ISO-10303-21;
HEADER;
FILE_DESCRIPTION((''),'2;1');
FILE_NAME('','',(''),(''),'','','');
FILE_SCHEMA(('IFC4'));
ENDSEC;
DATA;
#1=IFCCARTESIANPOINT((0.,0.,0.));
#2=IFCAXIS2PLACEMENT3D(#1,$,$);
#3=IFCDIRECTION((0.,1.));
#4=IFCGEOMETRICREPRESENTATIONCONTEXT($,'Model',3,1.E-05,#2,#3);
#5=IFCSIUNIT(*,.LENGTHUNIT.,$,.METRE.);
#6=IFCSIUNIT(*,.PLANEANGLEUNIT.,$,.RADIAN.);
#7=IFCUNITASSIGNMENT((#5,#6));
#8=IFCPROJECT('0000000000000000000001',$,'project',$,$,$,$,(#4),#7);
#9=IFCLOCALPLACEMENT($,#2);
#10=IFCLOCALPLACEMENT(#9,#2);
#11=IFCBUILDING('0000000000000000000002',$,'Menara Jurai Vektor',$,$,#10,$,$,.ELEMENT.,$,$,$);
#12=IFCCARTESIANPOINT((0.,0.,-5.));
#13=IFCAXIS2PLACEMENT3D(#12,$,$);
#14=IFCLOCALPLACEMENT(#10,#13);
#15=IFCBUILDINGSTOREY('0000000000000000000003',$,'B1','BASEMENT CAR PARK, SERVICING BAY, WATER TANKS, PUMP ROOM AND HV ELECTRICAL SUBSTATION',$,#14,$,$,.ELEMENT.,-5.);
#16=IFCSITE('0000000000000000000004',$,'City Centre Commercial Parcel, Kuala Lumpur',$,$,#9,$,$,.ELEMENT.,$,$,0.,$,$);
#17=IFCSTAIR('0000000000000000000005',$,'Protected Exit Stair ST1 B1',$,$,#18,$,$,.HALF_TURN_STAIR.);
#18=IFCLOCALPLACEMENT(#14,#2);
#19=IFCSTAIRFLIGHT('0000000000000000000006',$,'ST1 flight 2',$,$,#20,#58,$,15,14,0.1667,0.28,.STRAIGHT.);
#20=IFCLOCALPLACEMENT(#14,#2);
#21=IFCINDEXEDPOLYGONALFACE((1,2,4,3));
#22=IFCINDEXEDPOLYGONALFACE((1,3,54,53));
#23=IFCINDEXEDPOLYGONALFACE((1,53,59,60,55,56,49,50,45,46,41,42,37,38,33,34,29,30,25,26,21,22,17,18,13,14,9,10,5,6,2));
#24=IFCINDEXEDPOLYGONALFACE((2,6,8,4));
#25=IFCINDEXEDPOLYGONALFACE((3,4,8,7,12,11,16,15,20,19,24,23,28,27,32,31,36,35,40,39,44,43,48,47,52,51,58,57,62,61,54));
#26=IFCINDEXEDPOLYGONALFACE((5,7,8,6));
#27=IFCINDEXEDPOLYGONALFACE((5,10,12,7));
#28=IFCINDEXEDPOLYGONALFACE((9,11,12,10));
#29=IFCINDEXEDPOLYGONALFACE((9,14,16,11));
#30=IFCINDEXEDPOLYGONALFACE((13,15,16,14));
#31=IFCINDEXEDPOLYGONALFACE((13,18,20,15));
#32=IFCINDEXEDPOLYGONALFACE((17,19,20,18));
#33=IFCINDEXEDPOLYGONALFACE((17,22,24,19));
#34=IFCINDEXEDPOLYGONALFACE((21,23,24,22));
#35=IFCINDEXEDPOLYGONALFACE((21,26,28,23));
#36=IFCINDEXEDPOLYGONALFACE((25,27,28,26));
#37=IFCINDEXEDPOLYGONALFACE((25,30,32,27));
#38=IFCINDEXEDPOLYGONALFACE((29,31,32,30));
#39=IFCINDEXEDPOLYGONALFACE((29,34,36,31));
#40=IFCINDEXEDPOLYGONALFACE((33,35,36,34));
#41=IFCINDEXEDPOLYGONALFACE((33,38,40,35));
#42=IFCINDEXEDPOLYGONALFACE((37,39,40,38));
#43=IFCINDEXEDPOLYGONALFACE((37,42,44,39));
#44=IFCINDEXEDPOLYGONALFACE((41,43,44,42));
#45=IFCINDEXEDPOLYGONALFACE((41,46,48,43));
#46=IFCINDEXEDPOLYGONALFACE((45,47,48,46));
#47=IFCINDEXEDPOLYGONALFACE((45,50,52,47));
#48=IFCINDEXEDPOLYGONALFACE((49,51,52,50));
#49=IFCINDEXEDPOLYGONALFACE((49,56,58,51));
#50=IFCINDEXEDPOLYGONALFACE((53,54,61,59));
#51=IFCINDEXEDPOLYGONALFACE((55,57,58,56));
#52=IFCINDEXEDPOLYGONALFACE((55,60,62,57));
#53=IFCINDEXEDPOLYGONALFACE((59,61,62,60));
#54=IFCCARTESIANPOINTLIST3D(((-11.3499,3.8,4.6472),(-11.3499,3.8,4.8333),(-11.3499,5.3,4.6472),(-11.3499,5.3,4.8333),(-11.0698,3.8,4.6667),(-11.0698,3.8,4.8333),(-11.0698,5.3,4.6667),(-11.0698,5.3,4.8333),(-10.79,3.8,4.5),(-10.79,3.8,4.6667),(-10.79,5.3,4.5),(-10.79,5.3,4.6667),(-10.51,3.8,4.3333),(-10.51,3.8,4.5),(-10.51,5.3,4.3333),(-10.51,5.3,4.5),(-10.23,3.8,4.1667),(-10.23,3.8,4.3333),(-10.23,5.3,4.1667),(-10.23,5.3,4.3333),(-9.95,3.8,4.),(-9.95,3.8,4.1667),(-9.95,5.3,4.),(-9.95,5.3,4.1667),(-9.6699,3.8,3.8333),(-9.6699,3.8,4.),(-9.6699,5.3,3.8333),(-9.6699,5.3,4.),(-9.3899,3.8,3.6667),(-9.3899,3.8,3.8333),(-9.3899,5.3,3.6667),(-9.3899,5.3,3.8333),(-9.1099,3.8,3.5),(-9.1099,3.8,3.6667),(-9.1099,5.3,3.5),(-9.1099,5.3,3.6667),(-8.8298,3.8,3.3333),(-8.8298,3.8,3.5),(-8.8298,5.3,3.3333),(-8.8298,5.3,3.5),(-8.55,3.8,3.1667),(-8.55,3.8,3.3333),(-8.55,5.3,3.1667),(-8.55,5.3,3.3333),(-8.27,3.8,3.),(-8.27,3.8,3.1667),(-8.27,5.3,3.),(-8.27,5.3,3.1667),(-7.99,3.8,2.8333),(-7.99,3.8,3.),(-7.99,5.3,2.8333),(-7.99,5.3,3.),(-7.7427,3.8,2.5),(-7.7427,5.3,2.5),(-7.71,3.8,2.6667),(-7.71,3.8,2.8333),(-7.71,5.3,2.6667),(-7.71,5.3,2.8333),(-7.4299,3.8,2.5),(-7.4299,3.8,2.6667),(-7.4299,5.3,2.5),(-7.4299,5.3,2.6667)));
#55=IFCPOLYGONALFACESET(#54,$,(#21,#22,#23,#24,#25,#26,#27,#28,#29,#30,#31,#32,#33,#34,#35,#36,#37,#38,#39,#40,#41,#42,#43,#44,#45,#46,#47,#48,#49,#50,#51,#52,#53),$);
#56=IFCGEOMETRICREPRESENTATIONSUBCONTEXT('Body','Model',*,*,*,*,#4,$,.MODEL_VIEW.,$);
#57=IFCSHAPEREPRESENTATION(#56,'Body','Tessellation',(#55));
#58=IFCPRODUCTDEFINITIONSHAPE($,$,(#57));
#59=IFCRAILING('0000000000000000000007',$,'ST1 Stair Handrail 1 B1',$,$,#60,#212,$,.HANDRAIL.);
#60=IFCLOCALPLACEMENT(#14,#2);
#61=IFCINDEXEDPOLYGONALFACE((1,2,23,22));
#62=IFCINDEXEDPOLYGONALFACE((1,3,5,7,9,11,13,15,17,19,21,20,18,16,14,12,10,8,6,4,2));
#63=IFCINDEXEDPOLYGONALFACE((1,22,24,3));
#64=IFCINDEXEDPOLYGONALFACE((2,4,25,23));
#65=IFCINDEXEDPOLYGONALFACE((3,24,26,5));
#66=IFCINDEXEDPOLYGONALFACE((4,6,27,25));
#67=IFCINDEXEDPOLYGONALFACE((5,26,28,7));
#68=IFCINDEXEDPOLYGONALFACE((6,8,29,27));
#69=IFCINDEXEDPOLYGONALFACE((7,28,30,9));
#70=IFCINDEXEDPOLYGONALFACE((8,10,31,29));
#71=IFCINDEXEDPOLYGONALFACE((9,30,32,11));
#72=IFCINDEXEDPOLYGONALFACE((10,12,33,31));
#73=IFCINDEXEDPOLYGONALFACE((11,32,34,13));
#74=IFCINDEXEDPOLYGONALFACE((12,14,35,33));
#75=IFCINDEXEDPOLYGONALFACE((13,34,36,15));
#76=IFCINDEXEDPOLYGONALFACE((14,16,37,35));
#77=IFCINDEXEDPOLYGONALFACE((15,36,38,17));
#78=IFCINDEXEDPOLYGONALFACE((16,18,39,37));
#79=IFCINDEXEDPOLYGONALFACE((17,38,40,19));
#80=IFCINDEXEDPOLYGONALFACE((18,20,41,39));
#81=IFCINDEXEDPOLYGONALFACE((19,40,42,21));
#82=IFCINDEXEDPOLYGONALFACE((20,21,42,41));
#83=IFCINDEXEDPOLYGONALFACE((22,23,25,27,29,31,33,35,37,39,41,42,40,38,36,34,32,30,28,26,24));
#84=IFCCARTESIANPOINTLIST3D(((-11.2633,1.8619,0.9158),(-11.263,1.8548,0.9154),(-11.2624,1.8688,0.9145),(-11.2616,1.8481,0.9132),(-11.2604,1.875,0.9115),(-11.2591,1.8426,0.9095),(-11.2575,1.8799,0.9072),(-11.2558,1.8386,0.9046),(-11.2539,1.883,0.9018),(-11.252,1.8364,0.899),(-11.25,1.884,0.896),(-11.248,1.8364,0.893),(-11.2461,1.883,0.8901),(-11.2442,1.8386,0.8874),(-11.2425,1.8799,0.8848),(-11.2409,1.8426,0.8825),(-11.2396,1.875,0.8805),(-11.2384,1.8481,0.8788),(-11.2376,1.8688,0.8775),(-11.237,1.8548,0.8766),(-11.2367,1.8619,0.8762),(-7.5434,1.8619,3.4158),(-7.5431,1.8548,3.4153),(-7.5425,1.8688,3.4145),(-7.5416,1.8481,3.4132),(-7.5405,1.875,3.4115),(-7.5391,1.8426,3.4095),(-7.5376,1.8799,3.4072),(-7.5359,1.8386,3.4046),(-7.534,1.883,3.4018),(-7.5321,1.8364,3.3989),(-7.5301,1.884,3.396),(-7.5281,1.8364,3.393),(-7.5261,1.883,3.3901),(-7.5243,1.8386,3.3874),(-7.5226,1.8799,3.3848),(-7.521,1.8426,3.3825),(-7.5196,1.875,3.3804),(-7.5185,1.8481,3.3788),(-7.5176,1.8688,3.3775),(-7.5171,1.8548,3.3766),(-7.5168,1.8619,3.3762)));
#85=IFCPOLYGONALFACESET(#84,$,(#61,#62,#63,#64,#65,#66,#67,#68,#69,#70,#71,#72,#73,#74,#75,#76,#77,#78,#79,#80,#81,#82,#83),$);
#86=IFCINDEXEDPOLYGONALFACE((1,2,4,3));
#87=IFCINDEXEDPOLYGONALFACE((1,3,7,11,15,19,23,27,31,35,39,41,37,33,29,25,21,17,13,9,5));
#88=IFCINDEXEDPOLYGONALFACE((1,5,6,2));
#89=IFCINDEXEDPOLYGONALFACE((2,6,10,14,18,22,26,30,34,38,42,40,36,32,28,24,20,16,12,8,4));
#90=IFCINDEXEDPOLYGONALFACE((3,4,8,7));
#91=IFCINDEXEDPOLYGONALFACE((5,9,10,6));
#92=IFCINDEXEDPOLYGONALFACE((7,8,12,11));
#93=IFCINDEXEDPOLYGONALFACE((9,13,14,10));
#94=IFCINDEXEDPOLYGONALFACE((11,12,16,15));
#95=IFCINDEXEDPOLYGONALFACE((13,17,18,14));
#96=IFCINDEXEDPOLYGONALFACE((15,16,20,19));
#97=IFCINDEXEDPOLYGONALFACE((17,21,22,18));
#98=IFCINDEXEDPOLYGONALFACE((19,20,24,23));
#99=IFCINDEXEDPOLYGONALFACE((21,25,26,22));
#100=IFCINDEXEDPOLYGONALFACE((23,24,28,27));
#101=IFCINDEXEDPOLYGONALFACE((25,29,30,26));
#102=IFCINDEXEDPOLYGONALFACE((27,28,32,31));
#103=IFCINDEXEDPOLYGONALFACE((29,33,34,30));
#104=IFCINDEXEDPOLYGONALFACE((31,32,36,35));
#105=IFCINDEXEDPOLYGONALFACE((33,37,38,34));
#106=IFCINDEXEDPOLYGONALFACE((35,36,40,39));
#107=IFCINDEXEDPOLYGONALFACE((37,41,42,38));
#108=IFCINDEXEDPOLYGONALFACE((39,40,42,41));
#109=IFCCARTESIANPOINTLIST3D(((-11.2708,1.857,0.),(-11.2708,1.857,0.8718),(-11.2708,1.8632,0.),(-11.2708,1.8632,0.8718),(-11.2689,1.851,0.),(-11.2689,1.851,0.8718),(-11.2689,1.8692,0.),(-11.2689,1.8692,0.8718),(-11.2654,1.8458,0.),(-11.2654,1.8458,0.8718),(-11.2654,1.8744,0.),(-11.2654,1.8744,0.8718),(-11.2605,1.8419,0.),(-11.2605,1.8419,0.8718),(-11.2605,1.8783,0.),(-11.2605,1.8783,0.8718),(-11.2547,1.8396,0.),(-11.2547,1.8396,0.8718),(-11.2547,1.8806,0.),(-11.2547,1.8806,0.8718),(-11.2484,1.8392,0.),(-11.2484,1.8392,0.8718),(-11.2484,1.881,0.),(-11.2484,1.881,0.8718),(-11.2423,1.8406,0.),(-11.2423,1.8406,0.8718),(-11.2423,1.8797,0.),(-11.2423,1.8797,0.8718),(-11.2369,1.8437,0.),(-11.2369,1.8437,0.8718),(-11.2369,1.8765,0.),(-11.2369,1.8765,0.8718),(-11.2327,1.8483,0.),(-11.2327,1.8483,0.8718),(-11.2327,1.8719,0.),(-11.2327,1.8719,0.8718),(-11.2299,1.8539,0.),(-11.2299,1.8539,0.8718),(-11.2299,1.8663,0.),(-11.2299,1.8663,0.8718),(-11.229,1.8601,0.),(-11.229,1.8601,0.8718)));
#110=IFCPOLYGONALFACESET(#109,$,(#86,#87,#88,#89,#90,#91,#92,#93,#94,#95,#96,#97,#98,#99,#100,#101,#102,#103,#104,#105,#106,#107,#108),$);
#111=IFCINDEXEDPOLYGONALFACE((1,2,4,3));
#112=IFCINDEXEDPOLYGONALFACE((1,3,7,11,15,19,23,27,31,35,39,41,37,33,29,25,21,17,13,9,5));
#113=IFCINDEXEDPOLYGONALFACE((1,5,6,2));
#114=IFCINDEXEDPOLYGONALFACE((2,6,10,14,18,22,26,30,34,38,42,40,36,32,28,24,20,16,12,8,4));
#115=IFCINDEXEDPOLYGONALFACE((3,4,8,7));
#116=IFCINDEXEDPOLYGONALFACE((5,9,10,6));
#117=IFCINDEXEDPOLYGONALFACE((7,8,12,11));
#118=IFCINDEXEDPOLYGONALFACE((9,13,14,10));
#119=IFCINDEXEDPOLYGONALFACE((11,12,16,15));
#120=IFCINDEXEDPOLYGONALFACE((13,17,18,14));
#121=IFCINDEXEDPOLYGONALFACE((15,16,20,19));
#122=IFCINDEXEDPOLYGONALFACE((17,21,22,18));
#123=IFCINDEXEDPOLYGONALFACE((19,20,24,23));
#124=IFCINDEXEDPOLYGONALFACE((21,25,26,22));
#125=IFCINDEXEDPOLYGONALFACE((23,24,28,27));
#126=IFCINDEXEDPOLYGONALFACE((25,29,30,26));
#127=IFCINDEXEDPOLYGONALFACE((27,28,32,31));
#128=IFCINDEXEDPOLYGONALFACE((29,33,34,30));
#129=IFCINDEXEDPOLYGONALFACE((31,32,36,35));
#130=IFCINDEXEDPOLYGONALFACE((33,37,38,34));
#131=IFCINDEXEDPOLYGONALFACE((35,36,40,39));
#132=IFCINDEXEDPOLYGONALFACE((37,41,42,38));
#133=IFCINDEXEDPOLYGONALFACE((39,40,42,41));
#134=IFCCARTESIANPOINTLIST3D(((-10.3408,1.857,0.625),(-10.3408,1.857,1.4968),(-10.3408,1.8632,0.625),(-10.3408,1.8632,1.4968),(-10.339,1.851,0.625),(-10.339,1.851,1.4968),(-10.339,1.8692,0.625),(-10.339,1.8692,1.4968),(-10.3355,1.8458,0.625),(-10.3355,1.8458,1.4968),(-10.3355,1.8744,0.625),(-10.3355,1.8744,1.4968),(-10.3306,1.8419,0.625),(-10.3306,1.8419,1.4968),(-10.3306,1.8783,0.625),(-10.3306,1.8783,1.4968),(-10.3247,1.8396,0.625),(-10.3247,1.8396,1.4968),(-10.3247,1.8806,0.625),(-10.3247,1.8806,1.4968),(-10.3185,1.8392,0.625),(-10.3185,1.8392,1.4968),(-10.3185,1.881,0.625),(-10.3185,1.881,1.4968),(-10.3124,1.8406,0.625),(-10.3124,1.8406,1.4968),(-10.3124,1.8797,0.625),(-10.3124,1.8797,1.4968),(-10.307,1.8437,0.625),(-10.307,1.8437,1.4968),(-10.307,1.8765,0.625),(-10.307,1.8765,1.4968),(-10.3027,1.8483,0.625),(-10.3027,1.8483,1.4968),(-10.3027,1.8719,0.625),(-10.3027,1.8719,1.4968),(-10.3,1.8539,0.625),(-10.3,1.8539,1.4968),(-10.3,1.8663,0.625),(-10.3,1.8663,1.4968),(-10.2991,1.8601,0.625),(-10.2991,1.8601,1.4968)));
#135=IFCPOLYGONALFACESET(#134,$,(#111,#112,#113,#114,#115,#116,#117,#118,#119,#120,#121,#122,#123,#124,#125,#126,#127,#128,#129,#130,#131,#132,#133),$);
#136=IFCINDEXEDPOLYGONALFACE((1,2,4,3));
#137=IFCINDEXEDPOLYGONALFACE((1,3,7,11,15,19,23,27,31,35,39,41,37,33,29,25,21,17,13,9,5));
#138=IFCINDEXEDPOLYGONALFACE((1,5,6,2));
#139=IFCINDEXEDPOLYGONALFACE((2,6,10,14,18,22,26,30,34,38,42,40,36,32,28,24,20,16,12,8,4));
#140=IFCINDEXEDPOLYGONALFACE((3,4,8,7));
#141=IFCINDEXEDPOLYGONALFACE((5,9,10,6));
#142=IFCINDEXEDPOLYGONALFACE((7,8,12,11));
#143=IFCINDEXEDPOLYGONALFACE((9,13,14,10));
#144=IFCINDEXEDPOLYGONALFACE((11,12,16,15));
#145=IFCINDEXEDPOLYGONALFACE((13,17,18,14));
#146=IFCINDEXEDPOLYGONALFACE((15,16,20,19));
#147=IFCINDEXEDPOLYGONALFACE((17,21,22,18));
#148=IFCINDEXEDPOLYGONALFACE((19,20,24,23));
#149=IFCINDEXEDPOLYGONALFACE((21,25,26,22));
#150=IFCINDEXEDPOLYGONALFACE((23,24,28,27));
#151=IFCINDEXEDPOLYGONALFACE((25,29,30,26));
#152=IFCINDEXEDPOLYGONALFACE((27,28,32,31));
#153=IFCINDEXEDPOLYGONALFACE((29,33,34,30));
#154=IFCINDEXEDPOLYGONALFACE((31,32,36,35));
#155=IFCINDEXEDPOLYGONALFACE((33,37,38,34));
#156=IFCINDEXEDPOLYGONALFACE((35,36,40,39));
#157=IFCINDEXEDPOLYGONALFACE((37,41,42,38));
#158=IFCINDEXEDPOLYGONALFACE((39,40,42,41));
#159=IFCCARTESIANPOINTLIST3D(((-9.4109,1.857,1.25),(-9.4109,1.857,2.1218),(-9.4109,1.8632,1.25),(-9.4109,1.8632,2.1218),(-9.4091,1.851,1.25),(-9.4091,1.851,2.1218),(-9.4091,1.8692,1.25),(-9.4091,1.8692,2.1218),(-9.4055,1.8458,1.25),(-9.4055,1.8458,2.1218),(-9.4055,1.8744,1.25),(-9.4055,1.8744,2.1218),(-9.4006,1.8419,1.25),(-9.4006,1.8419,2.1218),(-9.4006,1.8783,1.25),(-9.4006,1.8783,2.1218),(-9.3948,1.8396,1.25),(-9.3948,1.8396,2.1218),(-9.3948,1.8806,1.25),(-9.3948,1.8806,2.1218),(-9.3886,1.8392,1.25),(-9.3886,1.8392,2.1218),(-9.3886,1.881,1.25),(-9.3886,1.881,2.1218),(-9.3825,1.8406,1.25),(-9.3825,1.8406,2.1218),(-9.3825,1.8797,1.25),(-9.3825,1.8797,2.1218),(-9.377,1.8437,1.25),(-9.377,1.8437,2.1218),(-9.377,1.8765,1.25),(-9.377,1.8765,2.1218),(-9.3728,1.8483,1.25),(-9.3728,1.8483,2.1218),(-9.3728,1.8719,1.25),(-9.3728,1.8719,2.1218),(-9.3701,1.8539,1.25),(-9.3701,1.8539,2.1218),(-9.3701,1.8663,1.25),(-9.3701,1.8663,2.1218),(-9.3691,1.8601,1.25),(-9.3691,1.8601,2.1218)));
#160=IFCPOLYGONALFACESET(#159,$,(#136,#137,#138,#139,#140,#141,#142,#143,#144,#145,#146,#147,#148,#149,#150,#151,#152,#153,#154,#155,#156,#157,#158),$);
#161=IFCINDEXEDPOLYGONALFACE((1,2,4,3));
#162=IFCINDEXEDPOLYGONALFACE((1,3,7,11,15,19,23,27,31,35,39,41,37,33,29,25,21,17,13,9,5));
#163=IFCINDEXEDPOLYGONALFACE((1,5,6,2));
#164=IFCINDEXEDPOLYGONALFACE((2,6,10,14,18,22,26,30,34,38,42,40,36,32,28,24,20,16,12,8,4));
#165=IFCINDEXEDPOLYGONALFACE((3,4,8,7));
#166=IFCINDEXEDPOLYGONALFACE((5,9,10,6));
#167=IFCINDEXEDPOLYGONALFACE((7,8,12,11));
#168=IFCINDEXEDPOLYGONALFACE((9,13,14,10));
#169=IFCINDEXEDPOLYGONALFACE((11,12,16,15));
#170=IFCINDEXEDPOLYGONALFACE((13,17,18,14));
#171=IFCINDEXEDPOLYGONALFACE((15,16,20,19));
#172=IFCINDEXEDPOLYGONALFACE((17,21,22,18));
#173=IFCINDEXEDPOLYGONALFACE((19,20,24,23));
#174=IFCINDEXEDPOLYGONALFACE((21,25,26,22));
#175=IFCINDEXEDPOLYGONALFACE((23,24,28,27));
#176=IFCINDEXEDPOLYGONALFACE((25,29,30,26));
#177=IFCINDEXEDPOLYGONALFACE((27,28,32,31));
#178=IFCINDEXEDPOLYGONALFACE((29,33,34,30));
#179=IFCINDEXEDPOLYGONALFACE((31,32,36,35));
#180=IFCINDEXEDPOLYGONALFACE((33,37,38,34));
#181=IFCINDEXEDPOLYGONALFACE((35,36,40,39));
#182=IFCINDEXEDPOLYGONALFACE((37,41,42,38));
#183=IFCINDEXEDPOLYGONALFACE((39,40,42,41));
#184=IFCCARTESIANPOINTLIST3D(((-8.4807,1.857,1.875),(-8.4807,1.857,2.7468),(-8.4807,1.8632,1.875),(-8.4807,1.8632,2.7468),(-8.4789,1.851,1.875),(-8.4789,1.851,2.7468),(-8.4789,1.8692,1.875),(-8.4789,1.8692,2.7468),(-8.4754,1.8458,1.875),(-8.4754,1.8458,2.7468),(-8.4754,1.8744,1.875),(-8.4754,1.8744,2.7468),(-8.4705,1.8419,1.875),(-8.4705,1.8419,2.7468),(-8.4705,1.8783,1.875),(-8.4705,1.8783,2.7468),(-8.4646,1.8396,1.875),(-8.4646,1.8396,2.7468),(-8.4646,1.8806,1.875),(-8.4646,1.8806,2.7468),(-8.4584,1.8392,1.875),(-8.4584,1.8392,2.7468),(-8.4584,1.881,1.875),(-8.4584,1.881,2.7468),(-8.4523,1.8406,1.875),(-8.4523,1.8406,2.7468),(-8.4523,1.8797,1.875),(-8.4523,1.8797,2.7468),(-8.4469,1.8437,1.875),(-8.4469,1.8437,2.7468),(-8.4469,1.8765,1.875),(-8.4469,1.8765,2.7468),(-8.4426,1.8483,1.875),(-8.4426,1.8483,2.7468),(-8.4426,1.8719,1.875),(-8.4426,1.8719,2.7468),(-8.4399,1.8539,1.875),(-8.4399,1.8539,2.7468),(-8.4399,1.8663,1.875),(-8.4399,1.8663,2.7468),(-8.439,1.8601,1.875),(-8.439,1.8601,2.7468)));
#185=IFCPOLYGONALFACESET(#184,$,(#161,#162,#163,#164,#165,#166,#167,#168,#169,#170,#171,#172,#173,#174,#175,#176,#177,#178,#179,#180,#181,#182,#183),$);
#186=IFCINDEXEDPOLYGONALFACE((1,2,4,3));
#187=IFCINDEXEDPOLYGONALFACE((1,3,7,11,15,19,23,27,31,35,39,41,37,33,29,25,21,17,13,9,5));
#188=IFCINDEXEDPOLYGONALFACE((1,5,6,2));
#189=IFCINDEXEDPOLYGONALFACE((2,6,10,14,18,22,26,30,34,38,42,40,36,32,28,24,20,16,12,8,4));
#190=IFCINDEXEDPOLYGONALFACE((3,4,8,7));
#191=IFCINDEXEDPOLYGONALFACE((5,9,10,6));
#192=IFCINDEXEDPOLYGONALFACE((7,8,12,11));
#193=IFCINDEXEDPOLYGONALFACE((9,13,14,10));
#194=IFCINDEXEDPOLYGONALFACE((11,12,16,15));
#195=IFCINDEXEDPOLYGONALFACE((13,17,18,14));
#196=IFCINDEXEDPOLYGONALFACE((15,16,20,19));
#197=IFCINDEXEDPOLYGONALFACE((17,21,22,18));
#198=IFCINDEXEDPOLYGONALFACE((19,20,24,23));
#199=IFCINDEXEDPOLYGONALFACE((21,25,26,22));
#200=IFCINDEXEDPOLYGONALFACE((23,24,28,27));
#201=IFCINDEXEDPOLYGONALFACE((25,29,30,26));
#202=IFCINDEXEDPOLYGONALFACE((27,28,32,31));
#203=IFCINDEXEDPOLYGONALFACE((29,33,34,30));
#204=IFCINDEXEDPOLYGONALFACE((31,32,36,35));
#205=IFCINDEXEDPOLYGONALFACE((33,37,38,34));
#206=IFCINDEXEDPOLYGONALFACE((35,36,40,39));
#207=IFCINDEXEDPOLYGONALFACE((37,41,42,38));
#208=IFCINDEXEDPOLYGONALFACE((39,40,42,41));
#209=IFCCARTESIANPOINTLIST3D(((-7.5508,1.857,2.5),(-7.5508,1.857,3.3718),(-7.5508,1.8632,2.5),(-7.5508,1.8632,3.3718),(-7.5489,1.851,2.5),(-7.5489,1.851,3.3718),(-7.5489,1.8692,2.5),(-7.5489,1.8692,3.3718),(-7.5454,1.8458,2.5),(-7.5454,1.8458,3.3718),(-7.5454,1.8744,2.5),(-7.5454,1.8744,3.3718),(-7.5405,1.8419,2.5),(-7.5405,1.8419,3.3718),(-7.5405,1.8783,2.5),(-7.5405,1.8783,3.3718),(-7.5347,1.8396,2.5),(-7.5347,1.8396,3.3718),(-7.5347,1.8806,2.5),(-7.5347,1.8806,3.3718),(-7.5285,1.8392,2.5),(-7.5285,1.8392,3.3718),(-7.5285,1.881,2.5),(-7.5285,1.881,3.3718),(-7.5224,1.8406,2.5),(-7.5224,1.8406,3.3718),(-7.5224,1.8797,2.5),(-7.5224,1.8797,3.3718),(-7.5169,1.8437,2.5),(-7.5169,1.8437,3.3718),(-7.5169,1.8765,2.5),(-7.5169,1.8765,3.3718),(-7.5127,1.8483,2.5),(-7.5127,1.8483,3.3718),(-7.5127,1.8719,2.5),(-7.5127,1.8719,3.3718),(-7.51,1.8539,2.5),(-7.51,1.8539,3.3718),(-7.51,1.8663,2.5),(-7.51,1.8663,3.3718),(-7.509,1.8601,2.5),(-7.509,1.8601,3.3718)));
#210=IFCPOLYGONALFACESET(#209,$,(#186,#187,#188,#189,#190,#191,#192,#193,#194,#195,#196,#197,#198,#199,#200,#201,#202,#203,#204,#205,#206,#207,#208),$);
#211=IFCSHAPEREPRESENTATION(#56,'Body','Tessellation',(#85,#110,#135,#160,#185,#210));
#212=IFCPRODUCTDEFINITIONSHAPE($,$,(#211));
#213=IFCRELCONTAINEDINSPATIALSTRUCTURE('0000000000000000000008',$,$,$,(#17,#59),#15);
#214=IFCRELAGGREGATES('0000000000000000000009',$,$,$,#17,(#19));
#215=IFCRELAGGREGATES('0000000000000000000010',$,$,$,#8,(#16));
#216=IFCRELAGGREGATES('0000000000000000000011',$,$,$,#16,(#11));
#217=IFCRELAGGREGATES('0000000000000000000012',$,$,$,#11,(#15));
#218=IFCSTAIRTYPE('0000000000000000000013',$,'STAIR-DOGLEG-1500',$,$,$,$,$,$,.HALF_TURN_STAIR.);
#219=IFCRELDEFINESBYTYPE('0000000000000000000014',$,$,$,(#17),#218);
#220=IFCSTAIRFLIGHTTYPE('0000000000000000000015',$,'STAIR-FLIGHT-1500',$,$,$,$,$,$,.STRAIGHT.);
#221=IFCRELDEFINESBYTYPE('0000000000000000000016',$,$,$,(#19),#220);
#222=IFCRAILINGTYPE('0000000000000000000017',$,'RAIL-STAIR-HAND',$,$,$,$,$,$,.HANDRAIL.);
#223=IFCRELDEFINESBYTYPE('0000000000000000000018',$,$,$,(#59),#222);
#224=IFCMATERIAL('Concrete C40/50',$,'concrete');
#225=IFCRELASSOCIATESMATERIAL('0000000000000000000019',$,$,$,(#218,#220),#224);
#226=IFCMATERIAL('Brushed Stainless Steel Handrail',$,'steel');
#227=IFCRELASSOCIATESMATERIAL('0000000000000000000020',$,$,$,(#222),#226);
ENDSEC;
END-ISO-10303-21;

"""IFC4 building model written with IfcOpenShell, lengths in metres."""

from ifc_helpers import new_model, si_unit, direction, frame, origin, origin_2d, place, context, subcontext, project, spatial, polyline, circle, outline, extrude, material, type_object, element, aggregate, save


model = new_model("IFC4")

# Units and contexts
model_context = context("Model", 3, precision=1e-05, world=origin(), true_north=direction((0.0, 1.0)))
body_context = subcontext(model_context, "Body", "Model", "MODEL_VIEW")
ifc_project = project(units=[si_unit("LENGTHUNIT", "METRE"), si_unit("PLANEANGLEUNIT", "RADIAN")], contexts=[model_context])

# Site, building, storey
site_placement = place(None, origin())
site = spatial("IfcSite", under=ifc_project, at=site_placement, Name="City Centre Commercial Parcel, Kuala Lumpur", CompositionType="ELEMENT", RefElevation=0.0)
building_placement = place(site_placement, origin())
building = spatial("IfcBuilding", under=site, at=building_placement, Name="Menara Jurai Vektor", CompositionType="ELEMENT")
storey_placement = place(building_placement, frame((0.0, 0.0, -5.0)))
storey = spatial("IfcBuildingStorey", under=building, at=storey_placement, Name="B1", Description="BASEMENT CAR PARK, SERVICING BAY, WATER TANKS, PUMP ROOM AND HV ELECTRICAL SUBSTATION", CompositionType="ELEMENT", Elevation=-5.0)

# Shared definitions
ifc_material_1 = material(Name="Concrete C40/50", Category="concrete")

# Stair, stair flight
stair_type = type_object("IfcStairType", Name="STAIR-DOGLEG-1500", PredefinedType="HALF_TURN_STAIR", material=ifc_material_1)
stair_placement = place(storey_placement, origin())
stair = element("IfcStair", 1, at=stair_placement, inside=storey, type_object=stair_type, Name="Protected Exit Stair ST1 B1", PredefinedType="HALF_TURN_STAIR")
stair_flight_type = type_object("IfcStairFlightType", Name="STAIR-FLIGHT-1500", PredefinedType="STRAIGHT", material=ifc_material_1)
stair_flight_1_placement = place(storey_placement, frame((-7.4299, 4.55, 2.5), z_axis=(0.0, 0.0, 1.0), x_axis=(-1.0, 0.0, 0.0)))
stair_flight_1 = element("IfcStairFlight", 2, at=stair_flight_1_placement, type_object=stair_flight_type, Name="ST1 flight 2", NumberOfRisers=15, NumberOfTreads=14, PredefinedType="STRAIGHT", RiserHeight=0.1667, TreadLength=0.28, context=body_context, shape_type="SweptSolid", body=[
    extrude(outline(polyline([(0.0, 0.0), (0.0, 0.1667), (0.28, 0.1667), (0.28, 0.3333), (0.5601, 0.3333), (0.5601, 0.5), (0.8401, 0.5), (0.8401, 0.6667), (1.1201, 0.6667), (1.1201, 0.8333), (1.3999, 0.8333), (1.3999, 1.0), (1.6799, 1.0), (1.6799, 1.1667), (1.96, 1.1667), (1.96, 1.3333), (2.24, 1.3333), (2.24, 1.5), (2.52, 1.5), (2.52, 1.6667), (2.8, 1.6667), (2.8, 1.8333), (3.0801, 1.8333), (3.0801, 2.0), (3.3601, 2.0), (3.3601, 2.1667), (3.6399, 2.1667), (3.6399, 2.3333), (3.9199, 2.3333), (3.9199, 2.5), (3.9199, 2.1472), (0.3127, 0.0), (0.0, 0.0)])), frame((0.0, 0.75, 0.0), z_axis=(0.0, -1.0, 0.0), x_axis=(1.0, 0.0, 0.0)), (0.0, 0.0, 1.0), 1.5),
])
aggregate(stair, [stair_flight_1])

# Railing
ifc_material_2 = material(Name="Brushed Stainless Steel Handrail", Category="steel")
railing_type_1 = type_object("IfcRailingType", Name="RAIL-STAIR-HAND", PredefinedType="HANDRAIL", material=ifc_material_2)
railing_1_placement = place(storey_placement, frame((-11.25, 1.8601, 0.0)))
element("IfcRailing", 3, at=railing_1_placement, inside=storey, type_object=railing_type_1, Name="ST1 Stair Handrail 1 B1", PredefinedType="HANDRAIL", context=body_context, shape_type="SweptSolid", body=[
    extrude(circle(Radius=0.0239, at=origin_2d()), frame((0.0, 0.0, 0.896), z_axis=(0.829983, 0.0, 0.557789), x_axis=(0.0, 1.0, 0.0)), (0.0, 0.0, 1.0), 4.4819),
    extrude(circle(Radius=0.021, at=origin_2d()), origin(), (0.0, 0.0, 1.0), 0.8718),
    extrude(circle(Radius=0.021, at=origin_2d()), frame((0.9299, 0.0, 0.625)), (0.0, 0.0, 1.0), 0.8718),
    extrude(circle(Radius=0.021, at=origin_2d()), frame((1.8599, 0.0, 1.25)), (0.0, 0.0, 1.0), 0.8718),
    extrude(circle(Radius=0.021, at=origin_2d()), frame((2.79, 0.0, 1.875)), (0.0, 0.0, 1.0), 0.8718),
    extrude(circle(Radius=0.021, at=origin_2d()), frame((3.72, 0.0, 2.5)), (0.0, 0.0, 1.0), 0.8718),
])

save(model, "model.ifc")
